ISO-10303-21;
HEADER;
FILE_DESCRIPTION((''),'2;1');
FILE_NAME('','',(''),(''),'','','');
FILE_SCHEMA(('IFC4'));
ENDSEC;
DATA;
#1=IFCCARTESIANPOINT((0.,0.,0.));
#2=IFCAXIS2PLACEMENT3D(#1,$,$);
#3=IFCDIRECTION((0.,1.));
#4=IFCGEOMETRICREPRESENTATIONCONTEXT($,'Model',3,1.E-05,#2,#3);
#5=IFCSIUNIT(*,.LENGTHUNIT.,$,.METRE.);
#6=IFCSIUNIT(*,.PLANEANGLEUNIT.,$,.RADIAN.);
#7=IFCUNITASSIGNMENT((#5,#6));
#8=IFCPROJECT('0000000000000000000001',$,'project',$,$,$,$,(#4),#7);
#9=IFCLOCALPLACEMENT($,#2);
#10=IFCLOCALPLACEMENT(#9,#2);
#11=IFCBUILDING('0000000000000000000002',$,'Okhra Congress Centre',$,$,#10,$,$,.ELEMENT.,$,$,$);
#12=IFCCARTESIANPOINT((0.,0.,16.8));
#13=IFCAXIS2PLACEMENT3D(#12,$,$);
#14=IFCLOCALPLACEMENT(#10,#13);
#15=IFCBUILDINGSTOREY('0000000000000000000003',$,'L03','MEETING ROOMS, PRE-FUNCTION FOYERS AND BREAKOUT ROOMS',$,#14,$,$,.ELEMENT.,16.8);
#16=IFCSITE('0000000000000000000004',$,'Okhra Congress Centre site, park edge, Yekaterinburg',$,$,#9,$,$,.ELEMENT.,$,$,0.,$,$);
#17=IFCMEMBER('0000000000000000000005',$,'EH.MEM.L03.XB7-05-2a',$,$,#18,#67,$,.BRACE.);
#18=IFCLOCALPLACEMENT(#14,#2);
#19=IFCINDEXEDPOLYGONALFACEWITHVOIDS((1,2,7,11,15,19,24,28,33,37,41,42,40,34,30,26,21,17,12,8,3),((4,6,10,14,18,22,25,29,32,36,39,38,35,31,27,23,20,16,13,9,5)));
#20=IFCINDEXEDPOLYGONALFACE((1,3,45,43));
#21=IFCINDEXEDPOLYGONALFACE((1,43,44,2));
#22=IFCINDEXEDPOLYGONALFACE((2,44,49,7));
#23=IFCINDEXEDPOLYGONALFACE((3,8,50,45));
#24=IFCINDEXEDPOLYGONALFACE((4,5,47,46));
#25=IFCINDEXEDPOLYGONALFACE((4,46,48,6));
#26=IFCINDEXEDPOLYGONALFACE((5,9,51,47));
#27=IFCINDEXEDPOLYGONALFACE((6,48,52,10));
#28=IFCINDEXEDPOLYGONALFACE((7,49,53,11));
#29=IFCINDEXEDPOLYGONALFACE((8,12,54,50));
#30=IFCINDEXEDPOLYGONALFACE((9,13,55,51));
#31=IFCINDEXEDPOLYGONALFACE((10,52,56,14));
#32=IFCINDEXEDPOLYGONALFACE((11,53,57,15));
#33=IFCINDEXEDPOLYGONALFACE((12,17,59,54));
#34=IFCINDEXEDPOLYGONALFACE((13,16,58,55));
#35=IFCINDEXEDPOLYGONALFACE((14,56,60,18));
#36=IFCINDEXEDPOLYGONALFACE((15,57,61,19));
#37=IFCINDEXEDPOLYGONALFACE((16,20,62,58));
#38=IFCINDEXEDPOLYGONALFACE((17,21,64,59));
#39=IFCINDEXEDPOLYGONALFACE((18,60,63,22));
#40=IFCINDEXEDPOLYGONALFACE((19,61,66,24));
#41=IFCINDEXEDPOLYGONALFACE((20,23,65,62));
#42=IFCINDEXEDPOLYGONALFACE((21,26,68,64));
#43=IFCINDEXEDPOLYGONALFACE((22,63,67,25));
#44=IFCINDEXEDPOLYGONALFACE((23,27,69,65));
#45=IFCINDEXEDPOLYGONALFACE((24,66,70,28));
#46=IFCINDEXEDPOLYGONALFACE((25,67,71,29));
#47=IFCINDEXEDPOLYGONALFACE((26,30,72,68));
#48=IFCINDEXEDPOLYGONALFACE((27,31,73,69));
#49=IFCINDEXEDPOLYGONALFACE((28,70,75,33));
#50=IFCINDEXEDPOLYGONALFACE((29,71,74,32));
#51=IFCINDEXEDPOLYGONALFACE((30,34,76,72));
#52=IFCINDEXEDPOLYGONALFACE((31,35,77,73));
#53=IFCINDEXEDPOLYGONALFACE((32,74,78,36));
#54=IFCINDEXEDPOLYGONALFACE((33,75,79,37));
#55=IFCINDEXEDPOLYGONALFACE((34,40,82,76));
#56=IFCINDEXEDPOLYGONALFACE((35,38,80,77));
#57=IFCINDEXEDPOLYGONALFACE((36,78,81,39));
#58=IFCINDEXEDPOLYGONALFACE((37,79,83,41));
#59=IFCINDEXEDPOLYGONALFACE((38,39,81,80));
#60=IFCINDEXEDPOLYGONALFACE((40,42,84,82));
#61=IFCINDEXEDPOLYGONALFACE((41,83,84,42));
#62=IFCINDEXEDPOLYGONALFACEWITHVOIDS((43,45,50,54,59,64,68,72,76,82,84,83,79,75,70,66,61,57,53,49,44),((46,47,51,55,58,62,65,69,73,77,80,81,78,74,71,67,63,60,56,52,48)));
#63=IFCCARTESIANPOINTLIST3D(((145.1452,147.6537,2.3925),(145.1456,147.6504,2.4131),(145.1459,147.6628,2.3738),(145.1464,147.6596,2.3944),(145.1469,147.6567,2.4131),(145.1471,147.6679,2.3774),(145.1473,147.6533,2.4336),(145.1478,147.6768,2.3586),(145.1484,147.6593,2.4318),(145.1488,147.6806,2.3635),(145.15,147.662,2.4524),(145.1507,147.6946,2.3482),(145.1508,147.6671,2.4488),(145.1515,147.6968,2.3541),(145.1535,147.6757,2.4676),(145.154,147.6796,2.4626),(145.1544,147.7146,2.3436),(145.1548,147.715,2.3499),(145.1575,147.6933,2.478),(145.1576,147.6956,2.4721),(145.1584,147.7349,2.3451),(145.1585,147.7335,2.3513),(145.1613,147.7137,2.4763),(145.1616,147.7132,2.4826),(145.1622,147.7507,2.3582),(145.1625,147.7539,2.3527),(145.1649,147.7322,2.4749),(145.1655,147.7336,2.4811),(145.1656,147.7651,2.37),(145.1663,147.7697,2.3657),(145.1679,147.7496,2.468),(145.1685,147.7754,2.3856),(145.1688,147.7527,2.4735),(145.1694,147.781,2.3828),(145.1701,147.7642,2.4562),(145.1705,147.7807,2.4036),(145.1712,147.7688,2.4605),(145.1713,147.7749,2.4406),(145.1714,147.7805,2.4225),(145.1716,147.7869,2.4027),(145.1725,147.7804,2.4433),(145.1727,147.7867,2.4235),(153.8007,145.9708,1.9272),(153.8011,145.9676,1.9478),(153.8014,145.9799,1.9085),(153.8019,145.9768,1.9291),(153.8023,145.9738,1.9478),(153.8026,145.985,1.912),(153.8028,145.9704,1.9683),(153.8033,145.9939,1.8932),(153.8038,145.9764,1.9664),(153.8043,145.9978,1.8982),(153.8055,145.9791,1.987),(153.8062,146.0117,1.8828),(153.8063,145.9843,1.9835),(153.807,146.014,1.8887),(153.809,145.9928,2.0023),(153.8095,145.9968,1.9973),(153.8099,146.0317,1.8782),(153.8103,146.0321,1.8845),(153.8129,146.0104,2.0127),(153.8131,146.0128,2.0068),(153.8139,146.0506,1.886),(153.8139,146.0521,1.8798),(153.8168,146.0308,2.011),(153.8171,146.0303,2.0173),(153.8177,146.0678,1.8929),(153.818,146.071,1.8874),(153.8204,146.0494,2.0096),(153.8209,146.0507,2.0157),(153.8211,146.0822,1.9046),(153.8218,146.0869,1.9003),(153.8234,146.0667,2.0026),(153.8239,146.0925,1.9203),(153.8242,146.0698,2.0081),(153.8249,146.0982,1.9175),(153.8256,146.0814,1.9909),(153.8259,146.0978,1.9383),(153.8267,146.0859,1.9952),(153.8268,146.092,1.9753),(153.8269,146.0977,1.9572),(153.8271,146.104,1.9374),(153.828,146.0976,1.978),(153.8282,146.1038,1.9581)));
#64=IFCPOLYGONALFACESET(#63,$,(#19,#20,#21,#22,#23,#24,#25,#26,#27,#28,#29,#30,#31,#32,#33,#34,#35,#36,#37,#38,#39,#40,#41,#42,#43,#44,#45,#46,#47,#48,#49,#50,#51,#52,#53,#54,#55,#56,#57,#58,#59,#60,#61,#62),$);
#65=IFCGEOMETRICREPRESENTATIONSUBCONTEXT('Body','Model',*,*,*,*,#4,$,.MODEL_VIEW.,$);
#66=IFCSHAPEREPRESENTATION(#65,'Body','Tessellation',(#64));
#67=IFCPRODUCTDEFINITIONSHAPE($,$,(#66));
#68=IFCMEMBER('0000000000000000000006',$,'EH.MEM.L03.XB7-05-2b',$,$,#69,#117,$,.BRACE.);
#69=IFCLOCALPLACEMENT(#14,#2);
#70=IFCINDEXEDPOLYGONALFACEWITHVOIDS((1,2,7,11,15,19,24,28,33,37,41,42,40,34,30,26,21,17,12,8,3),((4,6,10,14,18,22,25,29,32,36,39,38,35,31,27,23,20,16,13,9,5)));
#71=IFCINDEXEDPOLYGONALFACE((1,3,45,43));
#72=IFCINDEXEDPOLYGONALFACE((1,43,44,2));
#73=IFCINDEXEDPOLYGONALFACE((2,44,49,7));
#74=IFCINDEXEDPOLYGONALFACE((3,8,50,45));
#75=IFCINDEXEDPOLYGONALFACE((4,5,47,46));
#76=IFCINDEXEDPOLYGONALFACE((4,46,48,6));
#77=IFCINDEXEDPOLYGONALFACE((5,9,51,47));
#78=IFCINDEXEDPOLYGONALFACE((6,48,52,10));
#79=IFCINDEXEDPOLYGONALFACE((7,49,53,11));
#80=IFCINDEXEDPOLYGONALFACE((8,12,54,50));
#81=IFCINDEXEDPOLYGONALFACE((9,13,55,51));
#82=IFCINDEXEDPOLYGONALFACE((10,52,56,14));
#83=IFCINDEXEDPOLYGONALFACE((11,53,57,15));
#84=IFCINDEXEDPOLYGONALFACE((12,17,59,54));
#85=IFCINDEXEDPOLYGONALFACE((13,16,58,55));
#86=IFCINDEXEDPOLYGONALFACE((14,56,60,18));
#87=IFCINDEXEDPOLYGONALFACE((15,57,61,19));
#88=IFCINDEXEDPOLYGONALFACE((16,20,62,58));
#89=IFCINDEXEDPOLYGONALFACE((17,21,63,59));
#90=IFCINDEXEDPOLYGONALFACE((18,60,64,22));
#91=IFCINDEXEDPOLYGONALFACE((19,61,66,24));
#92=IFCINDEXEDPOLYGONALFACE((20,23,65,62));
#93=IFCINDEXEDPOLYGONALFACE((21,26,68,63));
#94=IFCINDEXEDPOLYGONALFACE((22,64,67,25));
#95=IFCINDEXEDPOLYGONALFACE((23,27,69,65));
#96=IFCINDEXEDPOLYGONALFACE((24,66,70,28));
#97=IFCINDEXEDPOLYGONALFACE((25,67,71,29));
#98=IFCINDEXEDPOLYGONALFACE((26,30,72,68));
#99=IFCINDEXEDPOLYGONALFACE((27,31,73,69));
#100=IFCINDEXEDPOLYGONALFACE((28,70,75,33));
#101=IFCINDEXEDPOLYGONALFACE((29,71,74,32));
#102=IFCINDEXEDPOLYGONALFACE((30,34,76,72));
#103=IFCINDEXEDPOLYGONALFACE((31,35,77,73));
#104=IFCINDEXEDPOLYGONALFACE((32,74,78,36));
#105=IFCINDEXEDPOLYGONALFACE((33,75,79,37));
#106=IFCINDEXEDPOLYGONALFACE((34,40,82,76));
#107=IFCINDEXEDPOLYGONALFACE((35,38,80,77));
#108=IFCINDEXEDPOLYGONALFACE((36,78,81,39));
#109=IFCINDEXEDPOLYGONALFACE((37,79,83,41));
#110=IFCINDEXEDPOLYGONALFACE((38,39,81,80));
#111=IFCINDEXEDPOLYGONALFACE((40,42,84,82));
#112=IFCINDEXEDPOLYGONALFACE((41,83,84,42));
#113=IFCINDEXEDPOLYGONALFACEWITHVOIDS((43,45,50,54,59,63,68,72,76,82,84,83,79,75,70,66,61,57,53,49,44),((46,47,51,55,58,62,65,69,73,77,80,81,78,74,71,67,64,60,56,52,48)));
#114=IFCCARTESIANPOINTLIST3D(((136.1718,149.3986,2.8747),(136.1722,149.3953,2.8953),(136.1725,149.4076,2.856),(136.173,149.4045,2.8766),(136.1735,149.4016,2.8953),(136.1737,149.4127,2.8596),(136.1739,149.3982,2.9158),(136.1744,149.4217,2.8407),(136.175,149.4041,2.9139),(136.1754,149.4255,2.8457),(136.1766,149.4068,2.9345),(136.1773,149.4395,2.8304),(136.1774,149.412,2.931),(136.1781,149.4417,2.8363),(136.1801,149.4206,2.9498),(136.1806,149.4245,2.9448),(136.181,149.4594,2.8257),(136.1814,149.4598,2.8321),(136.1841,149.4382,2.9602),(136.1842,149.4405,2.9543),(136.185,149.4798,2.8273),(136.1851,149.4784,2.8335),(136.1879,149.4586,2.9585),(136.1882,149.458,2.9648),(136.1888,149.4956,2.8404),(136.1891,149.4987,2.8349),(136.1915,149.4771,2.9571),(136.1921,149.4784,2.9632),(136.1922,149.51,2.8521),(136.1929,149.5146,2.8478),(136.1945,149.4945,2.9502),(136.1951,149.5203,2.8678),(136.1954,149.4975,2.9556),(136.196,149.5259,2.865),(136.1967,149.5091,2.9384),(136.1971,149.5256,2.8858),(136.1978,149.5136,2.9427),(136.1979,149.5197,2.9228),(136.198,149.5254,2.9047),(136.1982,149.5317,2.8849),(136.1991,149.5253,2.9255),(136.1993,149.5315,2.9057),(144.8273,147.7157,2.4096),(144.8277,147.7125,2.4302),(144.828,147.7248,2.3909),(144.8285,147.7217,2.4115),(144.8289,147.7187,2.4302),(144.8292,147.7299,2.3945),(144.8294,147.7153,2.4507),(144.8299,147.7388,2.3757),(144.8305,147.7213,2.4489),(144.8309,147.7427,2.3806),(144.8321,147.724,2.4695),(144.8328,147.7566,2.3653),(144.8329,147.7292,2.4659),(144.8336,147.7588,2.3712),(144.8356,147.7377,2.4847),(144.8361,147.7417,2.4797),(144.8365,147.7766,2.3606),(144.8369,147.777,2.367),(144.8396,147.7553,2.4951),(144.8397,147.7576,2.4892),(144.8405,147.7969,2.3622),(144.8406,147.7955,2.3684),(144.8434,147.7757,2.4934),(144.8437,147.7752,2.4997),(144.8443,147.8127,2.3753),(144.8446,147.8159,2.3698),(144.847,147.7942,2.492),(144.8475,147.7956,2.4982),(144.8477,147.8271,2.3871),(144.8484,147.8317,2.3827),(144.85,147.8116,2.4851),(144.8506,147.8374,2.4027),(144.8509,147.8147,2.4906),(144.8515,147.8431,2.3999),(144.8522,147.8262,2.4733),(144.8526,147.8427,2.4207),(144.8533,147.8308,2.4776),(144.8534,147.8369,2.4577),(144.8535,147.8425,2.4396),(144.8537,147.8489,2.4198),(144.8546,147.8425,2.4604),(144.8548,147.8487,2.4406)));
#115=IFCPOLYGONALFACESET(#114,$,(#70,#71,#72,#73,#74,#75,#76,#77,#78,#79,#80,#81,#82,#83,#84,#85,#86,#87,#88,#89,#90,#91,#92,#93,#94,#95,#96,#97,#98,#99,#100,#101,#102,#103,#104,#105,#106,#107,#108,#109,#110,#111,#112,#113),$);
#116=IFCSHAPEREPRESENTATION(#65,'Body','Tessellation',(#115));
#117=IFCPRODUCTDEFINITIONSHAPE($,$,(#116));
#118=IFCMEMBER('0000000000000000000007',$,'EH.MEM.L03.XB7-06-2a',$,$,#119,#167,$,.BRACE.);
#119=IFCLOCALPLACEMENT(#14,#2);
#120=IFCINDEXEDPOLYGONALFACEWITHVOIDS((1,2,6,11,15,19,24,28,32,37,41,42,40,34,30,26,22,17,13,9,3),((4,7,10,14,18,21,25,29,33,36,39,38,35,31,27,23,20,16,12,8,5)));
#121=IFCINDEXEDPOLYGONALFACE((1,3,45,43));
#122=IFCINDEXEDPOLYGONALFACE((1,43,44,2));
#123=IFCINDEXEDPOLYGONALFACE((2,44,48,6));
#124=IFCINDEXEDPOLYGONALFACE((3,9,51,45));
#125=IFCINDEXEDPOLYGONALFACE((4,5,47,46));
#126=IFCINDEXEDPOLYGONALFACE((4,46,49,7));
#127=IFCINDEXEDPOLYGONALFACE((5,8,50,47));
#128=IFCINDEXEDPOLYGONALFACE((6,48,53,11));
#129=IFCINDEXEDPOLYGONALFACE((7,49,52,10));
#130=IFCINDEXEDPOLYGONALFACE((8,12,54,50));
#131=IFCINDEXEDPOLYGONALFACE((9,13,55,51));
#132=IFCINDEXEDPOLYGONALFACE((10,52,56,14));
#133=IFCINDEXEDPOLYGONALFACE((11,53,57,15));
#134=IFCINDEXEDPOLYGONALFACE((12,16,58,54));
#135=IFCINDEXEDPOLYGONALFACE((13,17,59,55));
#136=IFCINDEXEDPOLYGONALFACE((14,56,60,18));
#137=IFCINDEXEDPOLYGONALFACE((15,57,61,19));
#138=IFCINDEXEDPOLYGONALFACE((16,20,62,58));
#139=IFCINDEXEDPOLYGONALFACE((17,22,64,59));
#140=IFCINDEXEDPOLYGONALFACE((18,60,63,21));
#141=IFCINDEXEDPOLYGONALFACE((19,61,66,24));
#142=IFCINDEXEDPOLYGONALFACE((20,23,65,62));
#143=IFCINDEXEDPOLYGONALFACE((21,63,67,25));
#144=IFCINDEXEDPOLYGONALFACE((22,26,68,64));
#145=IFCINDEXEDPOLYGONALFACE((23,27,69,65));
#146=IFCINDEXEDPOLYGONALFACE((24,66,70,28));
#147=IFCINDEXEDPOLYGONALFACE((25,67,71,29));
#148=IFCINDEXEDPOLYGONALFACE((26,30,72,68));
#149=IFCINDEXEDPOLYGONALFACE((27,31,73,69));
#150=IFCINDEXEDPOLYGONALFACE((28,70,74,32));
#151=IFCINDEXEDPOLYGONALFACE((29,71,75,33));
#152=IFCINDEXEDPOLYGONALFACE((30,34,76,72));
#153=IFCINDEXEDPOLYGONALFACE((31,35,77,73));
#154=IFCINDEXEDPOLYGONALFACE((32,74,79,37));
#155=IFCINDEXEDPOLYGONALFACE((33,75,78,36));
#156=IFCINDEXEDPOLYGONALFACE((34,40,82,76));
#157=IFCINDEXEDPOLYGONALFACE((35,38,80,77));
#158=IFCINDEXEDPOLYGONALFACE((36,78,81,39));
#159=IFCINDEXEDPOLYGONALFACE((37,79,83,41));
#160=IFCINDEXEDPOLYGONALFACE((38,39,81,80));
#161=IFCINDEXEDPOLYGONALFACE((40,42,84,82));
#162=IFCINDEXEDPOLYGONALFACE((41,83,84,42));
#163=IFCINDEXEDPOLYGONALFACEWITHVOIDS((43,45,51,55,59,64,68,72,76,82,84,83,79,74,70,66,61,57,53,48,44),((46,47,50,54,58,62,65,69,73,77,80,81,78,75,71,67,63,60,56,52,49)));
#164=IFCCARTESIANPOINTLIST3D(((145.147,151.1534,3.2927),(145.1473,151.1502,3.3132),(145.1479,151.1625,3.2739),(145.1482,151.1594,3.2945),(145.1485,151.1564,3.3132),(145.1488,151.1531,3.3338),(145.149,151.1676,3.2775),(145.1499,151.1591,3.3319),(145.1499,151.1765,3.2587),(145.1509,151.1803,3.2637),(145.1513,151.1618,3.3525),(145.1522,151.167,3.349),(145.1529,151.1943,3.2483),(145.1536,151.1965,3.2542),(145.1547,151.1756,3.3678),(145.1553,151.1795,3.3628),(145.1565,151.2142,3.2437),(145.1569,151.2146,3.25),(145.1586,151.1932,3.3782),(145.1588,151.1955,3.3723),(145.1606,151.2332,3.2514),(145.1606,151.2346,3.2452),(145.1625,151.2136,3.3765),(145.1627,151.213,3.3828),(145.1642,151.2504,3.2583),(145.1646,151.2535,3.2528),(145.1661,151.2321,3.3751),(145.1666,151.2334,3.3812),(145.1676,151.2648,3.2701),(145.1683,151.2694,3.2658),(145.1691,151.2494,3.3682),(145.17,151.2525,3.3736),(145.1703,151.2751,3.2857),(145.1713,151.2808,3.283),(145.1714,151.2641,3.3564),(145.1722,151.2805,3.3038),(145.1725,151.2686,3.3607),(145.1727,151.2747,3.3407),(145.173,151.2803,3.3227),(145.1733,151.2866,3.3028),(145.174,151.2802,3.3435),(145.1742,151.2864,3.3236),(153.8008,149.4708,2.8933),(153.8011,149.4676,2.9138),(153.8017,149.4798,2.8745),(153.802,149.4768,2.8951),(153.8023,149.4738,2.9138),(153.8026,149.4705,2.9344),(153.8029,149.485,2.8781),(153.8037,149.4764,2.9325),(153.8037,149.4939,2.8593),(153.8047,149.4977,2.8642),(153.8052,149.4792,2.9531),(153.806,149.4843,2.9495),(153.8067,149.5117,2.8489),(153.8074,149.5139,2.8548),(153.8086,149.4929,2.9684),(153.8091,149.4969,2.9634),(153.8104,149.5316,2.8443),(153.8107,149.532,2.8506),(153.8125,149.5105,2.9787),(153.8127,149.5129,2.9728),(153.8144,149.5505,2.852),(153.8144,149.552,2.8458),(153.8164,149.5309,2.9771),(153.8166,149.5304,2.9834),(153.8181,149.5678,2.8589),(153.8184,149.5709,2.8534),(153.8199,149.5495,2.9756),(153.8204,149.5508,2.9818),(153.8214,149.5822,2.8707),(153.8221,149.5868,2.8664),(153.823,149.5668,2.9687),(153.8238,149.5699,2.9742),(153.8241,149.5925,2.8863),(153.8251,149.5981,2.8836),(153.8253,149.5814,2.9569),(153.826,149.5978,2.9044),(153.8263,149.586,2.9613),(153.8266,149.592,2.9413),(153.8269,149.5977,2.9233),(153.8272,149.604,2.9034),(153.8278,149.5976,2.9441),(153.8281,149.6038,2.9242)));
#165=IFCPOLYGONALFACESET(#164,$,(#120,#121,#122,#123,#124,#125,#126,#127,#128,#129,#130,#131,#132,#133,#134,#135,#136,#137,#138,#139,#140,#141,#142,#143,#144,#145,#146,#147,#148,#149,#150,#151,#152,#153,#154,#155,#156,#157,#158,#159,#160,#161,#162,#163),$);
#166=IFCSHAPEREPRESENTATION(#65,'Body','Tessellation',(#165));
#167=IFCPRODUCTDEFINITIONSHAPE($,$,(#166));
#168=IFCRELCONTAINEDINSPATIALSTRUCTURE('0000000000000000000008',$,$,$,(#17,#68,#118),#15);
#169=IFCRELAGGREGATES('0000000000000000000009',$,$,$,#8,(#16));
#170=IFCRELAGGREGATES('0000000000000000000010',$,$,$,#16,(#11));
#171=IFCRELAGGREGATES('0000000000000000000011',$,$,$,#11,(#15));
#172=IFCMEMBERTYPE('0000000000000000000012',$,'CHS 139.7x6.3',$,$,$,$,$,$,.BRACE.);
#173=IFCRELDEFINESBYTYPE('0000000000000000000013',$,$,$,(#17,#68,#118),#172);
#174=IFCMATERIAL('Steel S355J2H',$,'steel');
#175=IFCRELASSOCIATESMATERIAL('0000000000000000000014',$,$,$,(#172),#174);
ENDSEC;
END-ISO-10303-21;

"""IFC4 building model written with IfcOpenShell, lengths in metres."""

from ifc_helpers import new_model, si_unit, direction, frame, origin, origin_2d, place, context, subcontext, project, spatial, hollow_circle, extrude, material, material_profile, profile_set, type_object, element, save


model = new_model("IFC4")

# Units and contexts
model_context = context("Model", 3, precision=1e-05, world=origin(), true_north=direction((0.0, 1.0)))
body_context = subcontext(model_context, "Body", "Model", "MODEL_VIEW")
ifc_project = project(units=[si_unit("LENGTHUNIT", "METRE"), si_unit("PLANEANGLEUNIT", "RADIAN")], contexts=[model_context])

# Site, building, storey
site_placement = place(None, origin())
site = spatial("IfcSite", under=ifc_project, at=site_placement, Name="Okhra Congress Centre site, park edge, Yekaterinburg", CompositionType="ELEMENT", RefElevation=0.0)
building_placement = place(site_placement, origin())
building = spatial("IfcBuilding", under=site, at=building_placement, Name="Okhra Congress Centre", CompositionType="ELEMENT")
storey_placement = place(building_placement, frame((0.0, 0.0, 16.8)))
storey = spatial("IfcBuildingStorey", under=building, at=storey_placement, Name="L03", Description="MEETING ROOMS, PRE-FUNCTION FOYERS AND BREAKOUT ROOMS", CompositionType="ELEMENT", Elevation=16.8)

# Members
ifc_material_1 = material(Name="Steel S355J2H", Category="steel")
ifc_material_profile_1 = material_profile(ifc_material_1, hollow_circle(Radius=0.0698, WallThickness=0.0063, at=origin_2d()), Name="CHS 139.7x6.3")
ifc_profile_set_1 = profile_set([ifc_material_profile_1], Name="Steel S355J2H")
member_type_1 = type_object("IfcMemberType", Name="CHS 139.7x6.3", PredefinedType="BRACE", material=ifc_profile_set_1)
for number, where, z_axis, x_axis, name in (
    (1, (153.8145, 146.0361, 1.9478), (-0.980255, 0.190587, 0.0527), (-0.190853, -0.981619, 0.0), "EH.MEM.L03.XB7-05-2a"),
    (2, (144.8411, 147.781, 2.4302), (-0.980256, 0.190588, 0.052672), (-0.190853, -0.981619, 0.0), "EH.MEM.L03.XB7-05-2b"),
):
    element("IfcMember", number, at=place(storey_placement, frame(where, z_axis=z_axis, x_axis=x_axis)), inside=storey, type_object=member_type_1, Name=name, PredefinedType="BRACE", context=body_context, shape_type="SweptSolid", body=[
        extrude(hollow_circle(Radius=0.0698, WallThickness=0.0063, at=origin_2d()), origin(), (0.0, 0.0, 1.0), 8.8298),
    ])
for number, where, z_axis, x_axis, name in (
    (3, (153.8145, 149.5361, 2.9138), (-0.980611, 0.190667, 0.04526), (-0.190862, -0.981617, 0.0), "EH.MEM.L03.XB7-06-2a"),
):
    element("IfcMember", number, at=place(storey_placement, frame(where, z_axis=z_axis, x_axis=x_axis)), inside=storey, type_object=member_type_1, Name=name, PredefinedType="BRACE", context=body_context, shape_type="SweptSolid", body=[
        extrude(hollow_circle(Radius=0.0698, WallThickness=0.0063, at=origin_2d()), origin(), (0.0, 0.0, 1.0), 8.825),
    ])

save(model, "model.ifc")
